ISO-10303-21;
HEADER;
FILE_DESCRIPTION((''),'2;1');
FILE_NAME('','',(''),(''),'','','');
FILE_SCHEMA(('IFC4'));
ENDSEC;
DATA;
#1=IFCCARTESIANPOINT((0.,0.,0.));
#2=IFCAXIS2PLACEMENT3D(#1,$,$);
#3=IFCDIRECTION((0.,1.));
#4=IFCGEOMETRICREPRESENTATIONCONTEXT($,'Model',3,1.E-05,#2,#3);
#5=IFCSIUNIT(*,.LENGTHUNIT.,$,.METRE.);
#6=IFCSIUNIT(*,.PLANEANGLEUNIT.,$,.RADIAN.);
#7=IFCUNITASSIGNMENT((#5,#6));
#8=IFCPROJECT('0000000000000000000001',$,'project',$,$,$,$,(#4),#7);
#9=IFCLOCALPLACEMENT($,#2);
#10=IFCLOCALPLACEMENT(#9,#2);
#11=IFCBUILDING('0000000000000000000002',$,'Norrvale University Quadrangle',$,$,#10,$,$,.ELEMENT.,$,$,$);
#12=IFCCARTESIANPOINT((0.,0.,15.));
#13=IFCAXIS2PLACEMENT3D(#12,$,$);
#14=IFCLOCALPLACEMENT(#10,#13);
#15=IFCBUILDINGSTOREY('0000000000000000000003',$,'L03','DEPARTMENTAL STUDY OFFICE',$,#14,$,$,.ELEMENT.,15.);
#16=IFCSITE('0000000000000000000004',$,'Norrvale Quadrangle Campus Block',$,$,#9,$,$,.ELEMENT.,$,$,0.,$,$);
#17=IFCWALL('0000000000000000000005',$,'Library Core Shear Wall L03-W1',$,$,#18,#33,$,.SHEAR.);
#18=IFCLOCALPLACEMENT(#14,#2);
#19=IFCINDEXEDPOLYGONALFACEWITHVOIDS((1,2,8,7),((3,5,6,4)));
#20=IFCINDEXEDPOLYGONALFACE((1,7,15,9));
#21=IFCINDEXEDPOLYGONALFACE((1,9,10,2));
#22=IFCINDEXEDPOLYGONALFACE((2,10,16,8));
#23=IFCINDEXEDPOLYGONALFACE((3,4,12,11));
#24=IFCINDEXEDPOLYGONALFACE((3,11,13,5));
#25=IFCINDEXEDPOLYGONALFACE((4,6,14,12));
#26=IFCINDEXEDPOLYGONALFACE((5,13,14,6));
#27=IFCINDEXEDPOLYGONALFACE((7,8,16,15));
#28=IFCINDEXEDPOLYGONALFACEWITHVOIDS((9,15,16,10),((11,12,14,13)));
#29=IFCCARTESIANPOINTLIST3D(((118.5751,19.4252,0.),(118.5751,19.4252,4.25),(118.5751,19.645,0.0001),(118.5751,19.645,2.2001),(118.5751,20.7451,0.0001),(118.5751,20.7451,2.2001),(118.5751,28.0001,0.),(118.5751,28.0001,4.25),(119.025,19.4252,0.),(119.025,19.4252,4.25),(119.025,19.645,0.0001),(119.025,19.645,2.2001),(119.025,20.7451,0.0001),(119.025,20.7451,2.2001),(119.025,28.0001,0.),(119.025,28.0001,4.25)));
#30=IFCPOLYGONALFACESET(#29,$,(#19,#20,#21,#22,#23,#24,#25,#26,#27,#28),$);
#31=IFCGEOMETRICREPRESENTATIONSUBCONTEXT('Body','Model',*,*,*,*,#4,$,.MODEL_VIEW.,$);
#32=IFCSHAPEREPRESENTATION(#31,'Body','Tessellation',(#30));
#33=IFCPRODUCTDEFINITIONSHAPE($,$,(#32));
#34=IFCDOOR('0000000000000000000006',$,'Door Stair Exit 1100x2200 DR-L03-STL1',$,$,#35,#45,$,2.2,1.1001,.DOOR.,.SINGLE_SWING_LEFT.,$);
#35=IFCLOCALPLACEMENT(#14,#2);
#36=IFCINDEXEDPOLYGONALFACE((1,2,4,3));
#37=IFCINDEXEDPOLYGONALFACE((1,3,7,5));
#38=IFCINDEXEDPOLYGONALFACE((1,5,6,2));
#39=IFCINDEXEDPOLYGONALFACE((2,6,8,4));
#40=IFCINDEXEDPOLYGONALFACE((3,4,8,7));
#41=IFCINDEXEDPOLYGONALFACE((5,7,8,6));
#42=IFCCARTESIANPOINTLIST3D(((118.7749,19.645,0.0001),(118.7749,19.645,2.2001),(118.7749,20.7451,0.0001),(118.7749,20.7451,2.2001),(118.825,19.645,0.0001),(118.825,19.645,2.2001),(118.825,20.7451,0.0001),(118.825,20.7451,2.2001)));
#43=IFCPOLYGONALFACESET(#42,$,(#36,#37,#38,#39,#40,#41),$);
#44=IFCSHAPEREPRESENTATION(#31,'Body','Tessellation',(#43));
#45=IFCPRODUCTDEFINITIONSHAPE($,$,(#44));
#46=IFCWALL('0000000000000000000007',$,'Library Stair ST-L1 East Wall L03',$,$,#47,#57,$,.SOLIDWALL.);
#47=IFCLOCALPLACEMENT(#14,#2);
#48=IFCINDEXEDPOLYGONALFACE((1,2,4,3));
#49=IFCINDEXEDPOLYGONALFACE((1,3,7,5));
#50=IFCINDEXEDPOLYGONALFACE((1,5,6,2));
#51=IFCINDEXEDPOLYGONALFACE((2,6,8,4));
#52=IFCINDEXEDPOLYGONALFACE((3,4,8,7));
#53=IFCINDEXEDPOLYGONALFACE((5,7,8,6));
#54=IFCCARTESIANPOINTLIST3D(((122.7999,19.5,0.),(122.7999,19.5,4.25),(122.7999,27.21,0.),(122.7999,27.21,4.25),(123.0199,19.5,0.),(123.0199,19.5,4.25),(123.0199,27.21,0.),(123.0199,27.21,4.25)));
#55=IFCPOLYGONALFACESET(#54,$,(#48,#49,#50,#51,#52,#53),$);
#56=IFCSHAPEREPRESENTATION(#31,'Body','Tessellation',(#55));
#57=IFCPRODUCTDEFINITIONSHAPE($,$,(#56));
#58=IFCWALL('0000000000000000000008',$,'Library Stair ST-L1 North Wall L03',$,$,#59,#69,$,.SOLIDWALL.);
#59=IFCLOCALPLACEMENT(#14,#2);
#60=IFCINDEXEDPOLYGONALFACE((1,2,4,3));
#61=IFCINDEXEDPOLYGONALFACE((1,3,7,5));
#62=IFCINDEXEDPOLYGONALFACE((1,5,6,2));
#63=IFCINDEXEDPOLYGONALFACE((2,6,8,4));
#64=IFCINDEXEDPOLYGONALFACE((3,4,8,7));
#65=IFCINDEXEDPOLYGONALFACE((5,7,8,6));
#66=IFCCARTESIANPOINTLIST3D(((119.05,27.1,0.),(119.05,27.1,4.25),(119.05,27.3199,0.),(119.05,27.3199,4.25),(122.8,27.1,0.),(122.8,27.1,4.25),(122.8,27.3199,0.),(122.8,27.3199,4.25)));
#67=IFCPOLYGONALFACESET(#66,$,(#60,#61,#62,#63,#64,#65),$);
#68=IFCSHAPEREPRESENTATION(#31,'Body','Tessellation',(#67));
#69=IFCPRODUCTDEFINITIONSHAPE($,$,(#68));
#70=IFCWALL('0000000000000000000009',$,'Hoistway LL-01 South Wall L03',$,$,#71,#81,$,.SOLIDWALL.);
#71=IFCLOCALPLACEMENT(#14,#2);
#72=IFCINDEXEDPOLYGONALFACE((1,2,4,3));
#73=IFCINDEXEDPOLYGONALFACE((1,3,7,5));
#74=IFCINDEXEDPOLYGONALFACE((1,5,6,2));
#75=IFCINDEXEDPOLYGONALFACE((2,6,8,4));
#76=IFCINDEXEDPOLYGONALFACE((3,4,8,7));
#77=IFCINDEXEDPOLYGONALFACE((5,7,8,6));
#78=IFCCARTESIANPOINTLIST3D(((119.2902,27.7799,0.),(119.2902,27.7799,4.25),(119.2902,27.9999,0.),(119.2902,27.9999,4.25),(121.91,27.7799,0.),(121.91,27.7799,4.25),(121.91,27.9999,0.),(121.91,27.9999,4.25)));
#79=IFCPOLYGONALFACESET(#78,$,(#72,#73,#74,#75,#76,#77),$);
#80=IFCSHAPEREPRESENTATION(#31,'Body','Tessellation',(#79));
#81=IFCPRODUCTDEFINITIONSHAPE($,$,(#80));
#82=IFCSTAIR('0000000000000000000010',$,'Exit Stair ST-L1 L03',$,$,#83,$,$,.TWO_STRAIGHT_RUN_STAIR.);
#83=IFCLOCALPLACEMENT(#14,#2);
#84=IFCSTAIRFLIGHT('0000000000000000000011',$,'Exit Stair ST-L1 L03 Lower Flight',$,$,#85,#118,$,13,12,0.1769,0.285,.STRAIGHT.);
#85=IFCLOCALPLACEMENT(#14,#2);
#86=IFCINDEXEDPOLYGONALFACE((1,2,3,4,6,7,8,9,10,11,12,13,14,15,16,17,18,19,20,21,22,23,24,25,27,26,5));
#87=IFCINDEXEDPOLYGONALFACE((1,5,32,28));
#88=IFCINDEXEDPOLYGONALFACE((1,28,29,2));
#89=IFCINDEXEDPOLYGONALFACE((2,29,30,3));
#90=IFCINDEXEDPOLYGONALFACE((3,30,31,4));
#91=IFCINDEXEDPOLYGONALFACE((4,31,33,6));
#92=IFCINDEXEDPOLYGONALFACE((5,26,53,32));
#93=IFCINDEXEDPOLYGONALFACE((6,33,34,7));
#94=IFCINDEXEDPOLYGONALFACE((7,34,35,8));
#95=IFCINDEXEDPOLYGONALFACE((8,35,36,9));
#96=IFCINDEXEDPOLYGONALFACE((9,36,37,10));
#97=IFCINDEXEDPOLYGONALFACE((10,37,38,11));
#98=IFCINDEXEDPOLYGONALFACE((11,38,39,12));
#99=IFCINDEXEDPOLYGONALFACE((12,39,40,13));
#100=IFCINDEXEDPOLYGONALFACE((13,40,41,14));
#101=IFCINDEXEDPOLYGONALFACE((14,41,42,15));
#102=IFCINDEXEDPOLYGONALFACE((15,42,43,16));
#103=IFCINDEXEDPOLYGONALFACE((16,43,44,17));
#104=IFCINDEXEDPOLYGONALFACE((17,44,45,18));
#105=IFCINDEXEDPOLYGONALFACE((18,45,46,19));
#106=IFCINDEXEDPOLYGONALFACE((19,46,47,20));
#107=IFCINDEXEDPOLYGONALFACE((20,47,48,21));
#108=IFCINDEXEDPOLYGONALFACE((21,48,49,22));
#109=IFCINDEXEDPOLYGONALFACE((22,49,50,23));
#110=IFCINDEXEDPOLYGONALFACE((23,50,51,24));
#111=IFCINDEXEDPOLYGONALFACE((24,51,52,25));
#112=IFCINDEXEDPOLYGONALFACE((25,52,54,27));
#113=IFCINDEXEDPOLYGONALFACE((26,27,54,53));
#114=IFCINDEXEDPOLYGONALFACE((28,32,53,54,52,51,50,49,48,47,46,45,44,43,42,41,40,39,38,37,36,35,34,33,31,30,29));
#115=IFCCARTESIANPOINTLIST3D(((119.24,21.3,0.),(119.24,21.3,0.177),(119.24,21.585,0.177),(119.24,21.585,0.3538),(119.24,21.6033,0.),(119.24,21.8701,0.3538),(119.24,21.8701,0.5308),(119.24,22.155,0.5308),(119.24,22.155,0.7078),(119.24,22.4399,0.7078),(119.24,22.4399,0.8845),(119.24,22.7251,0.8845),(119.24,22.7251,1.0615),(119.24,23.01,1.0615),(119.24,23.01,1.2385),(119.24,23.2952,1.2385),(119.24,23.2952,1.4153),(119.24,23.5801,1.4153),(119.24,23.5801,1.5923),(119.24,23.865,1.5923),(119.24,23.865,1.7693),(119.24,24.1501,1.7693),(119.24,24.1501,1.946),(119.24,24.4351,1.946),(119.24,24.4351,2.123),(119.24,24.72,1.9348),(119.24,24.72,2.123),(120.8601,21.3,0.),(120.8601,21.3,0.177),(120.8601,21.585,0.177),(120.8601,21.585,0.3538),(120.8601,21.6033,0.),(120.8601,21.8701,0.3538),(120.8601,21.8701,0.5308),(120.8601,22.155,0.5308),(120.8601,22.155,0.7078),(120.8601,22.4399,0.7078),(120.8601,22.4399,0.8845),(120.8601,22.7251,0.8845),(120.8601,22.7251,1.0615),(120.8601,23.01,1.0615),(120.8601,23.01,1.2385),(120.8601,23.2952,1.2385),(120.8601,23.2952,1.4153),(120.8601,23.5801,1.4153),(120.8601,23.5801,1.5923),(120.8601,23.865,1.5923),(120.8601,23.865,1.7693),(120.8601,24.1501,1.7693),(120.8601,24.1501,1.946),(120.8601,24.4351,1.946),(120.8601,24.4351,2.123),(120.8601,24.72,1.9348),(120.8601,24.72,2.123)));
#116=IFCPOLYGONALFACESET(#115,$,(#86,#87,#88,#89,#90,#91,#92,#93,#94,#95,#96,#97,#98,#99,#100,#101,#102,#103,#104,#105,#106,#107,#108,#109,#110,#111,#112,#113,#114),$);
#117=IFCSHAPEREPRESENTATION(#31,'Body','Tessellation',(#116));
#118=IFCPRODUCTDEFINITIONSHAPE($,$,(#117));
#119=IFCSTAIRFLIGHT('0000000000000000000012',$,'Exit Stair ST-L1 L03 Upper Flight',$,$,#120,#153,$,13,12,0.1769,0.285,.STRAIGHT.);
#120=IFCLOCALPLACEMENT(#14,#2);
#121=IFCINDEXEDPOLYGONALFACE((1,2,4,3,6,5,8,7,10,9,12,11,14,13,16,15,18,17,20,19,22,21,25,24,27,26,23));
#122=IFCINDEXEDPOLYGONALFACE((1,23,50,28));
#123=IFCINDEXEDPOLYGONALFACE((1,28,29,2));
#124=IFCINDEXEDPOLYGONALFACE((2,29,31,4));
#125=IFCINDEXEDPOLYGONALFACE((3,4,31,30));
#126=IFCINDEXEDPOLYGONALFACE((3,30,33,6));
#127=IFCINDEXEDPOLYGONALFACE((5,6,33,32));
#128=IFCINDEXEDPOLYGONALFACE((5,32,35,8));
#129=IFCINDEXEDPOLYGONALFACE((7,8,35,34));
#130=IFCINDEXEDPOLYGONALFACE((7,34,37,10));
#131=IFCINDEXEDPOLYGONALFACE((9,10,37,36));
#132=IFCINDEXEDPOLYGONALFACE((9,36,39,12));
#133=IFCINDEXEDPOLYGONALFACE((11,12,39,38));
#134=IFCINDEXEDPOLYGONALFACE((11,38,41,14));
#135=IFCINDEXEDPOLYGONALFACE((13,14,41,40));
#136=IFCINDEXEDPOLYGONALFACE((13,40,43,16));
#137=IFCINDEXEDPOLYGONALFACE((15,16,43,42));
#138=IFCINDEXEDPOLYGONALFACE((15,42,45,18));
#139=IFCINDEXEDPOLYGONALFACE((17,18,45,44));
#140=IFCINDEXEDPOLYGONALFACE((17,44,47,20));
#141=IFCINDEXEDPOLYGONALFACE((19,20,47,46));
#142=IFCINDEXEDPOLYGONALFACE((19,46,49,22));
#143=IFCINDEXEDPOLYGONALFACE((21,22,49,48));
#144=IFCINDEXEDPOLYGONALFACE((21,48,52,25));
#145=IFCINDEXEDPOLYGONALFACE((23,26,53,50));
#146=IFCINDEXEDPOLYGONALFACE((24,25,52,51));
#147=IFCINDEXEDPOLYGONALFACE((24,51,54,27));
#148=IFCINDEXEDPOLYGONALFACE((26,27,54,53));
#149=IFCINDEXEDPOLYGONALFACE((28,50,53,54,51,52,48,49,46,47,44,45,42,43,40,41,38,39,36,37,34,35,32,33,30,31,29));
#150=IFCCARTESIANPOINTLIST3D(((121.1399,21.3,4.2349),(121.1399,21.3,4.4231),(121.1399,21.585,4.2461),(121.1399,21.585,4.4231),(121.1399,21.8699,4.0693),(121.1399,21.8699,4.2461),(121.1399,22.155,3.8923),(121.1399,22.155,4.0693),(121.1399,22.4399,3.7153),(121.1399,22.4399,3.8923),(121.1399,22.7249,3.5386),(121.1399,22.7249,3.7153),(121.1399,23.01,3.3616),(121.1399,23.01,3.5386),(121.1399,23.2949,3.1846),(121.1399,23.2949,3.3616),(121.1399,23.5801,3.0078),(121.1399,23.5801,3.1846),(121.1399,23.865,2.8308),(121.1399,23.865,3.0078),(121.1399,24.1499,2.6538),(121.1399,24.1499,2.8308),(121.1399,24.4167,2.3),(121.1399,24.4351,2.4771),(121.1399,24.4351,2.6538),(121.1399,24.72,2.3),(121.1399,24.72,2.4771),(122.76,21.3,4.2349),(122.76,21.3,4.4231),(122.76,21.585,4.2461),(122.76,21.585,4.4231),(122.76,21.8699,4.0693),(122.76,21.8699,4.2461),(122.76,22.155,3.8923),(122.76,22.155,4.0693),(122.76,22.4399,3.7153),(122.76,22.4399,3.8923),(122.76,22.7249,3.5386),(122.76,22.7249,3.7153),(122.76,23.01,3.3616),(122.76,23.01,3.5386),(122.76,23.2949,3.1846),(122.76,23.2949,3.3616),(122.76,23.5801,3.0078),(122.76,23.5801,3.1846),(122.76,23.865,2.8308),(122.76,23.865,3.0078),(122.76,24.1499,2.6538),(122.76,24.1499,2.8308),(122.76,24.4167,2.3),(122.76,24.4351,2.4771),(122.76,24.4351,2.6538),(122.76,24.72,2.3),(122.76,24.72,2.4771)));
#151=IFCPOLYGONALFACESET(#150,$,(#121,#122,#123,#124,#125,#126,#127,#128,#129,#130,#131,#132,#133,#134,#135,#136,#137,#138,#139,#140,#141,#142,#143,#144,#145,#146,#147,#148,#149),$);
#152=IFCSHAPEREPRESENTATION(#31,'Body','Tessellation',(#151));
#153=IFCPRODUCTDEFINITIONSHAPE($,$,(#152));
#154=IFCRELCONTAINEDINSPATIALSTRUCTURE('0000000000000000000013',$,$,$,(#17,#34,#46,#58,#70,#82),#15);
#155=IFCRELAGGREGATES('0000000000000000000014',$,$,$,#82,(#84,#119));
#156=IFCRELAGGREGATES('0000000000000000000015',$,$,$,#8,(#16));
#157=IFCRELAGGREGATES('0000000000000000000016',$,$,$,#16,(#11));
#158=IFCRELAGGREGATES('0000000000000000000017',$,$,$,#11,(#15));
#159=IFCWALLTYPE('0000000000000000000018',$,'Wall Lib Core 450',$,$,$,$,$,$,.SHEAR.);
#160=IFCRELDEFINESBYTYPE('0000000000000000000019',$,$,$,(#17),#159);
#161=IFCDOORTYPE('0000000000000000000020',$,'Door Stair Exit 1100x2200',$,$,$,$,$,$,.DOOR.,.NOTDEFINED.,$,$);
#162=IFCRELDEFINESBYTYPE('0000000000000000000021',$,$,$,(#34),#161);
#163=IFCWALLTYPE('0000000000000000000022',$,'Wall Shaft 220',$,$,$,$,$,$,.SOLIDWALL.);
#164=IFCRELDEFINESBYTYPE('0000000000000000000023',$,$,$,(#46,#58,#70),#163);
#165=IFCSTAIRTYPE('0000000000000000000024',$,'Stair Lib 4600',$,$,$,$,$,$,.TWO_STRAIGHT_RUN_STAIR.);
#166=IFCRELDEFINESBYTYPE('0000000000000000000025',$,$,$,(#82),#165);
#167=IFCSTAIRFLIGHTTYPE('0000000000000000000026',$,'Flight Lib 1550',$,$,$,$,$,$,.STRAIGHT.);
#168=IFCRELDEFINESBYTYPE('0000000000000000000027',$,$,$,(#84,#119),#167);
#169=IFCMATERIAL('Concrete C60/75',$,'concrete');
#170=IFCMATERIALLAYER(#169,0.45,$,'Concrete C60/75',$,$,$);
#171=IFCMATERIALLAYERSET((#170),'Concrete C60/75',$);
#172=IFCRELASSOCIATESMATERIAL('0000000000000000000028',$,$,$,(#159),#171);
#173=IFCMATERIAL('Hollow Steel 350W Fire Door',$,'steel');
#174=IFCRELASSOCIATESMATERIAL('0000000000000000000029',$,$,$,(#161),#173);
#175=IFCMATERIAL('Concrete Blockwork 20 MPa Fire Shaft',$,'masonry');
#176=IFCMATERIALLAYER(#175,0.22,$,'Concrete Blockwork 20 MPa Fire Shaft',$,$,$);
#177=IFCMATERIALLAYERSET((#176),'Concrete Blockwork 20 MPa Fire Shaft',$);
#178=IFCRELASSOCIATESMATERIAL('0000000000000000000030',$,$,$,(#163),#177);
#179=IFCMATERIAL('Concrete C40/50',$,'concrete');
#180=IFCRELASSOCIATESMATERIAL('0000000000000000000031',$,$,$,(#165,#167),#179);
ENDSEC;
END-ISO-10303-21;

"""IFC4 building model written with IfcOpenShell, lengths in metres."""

from ifc_helpers import new_model, si_unit, direction, frame, frame_2d, origin, place, context, subcontext, project, spatial, polyline, rectangle, outline, extrude, material, layer, layer_set, type_object, element, fill, aggregate, save


model = new_model("IFC4")

# Units and contexts
model_context = context("Model", 3, precision=1e-05, world=origin(), true_north=direction((0.0, 1.0)))
body_context = subcontext(model_context, "Body", "Model", "MODEL_VIEW")
ifc_project = project(units=[si_unit("LENGTHUNIT", "METRE"), si_unit("PLANEANGLEUNIT", "RADIAN")], contexts=[model_context])

# Site, building, storey
site_placement = place(None, origin())
site = spatial("IfcSite", under=ifc_project, at=site_placement, Name="Norrvale Quadrangle Campus Block", CompositionType="ELEMENT", RefElevation=0.0)
building_placement = place(site_placement, origin())
building = spatial("IfcBuilding", under=site, at=building_placement, Name="Norrvale University Quadrangle", CompositionType="ELEMENT")
storey_placement = place(building_placement, frame((0.0, 0.0, 15.0)))
storey = spatial("IfcBuildingStorey", under=building, at=storey_placement, Name="L03", Description="DEPARTMENTAL STUDY OFFICE", CompositionType="ELEMENT", Elevation=15.0)

# Shared definitions
ifc_material_1 = material(Name="Concrete C60/75", Category="concrete")

# Shared definitions
ifc_layer_1 = layer(ifc_material_1, 0.45, Name="Concrete C60/75")
ifc_layer_set_1 = layer_set([ifc_layer_1], Name="Concrete C60/75")
wall_type_1 = type_object("IfcWallType", Name="Wall Lib Core 450", PredefinedType="SHEAR", material=ifc_layer_set_1)

# Wall, opening, door
wall_1_placement = place(storey_placement, frame((118.8, 19.425, 0.0), z_axis=(0.0, 0.0, 1.0), x_axis=(0.0, 1.0, 0.0)))
wall_1 = element("IfcWall", 1, at=wall_1_placement, inside=storey, type_object=wall_type_1, Name="Library Core Shear Wall L03-W1", PredefinedType="SHEAR", context=body_context, shape_type="SweptSolid", body=[
    extrude(rectangle(XDim=8.575, YDim=0.45, at=frame_2d((4.2876, 0.0))), origin(), (0.0, 0.0, 1.0), 4.25),
])
opening_placement = place(wall_1_placement, frame((0.22, 0.0, 0.0)))
opening = element("IfcOpeningElement", 2, at=opening_placement, cuts=wall_1, PredefinedType="OPENING", context=body_context, shape_type="SweptSolid", body=[
    extrude(rectangle(XDim=1.1001, YDim=2.2, at=frame_2d((0.55, 1.1001))), frame((0.0, 0.2371, 0.0), z_axis=(0.0, -1.0, 0.0), x_axis=(1.0, 0.0, 0.0)), (0.0, 0.0, 1.0), 0.4739),
])
ifc_material_2 = material(Name="Hollow Steel 350W Fire Door", Category="steel")
door_type = type_object("IfcDoorType", Name="Door Stair Exit 1100x2200", OperationType="NOTDEFINED", PredefinedType="DOOR", material=ifc_material_2)
door_placement = place(opening_placement, frame((1.1001, 0.0, 0.0), z_axis=(0.0, 0.0, 1.0), x_axis=(-1.0, 0.0, 0.0)))
door = element("IfcDoor", 3, at=door_placement, inside=storey, type_object=door_type, Name="Door Stair Exit 1100x2200 DR-L03-STL1", OperationType="SINGLE_SWING_LEFT", OverallHeight=2.2, OverallWidth=1.1001, PredefinedType="DOOR", context=body_context, shape_type="SweptSolid", body=[
    extrude(rectangle(XDim=1.1001, YDim=2.2, at=frame_2d((0.55, 1.1001))), frame((0.0, 0.0249, 0.0), z_axis=(0.0, -1.0, 0.0), x_axis=(1.0, 0.0, 0.0)), (0.0, 0.0, 1.0), 0.05),
])
fill(opening, door)

# Walls
ifc_material_3 = material(Name="Concrete Blockwork 20 MPa Fire Shaft", Category="masonry")
ifc_layer_2 = layer(ifc_material_3, 0.22, Name="Concrete Blockwork 20 MPa Fire Shaft")
ifc_layer_set_2 = layer_set([ifc_layer_2], Name="Concrete Blockwork 20 MPa Fire Shaft")
wall_type_2 = type_object("IfcWallType", Name="Wall Shaft 220", PredefinedType="SOLIDWALL", material=ifc_layer_set_2)
wall_2_placement = place(storey_placement, frame((122.9099, 19.5, 0.0), z_axis=(0.0, 0.0, 1.0), x_axis=(0.0, 1.0, 0.0)))
element("IfcWall", 4, at=wall_2_placement, inside=storey, type_object=wall_type_2, Name="Library Stair ST-L1 East Wall L03", PredefinedType="SOLIDWALL", context=body_context, shape_type="SweptSolid", body=[
    extrude(rectangle(XDim=7.71, YDim=0.22, at=frame_2d((3.855, 0.0))), origin(), (0.0, 0.0, 1.0), 4.25),
])
wall_3_placement = place(storey_placement, frame((119.05, 27.21, 0.0), z_axis=(0.0, 0.0, 1.0), x_axis=(1.0, 0.0, 0.0)))
element("IfcWall", 5, at=wall_3_placement, inside=storey, type_object=wall_type_2, Name="Library Stair ST-L1 North Wall L03", PredefinedType="SOLIDWALL", context=body_context, shape_type="SweptSolid", body=[
    extrude(rectangle(XDim=3.75, YDim=0.22, at=frame_2d((1.875, 0.0))), origin(), (0.0, 0.0, 1.0), 4.25),
])
wall_4_placement = place(storey_placement, frame((119.29, 27.8899, 0.0), z_axis=(0.0, 0.0, 1.0), x_axis=(1.0, 0.0, 0.0)))
element("IfcWall", 6, at=wall_4_placement, inside=storey, type_object=wall_type_2, Name="Hoistway LL-01 South Wall L03", PredefinedType="SOLIDWALL", context=body_context, shape_type="SweptSolid", body=[
    extrude(rectangle(XDim=2.6199, YDim=0.22, at=frame_2d((1.3101, 0.0))), origin(), (0.0, 0.0, 1.0), 4.25),
])

# Stair, stair flights
ifc_material_4 = material(Name="Concrete C40/50", Category="concrete")
stair_type = type_object("IfcStairType", Name="Stair Lib 4600", PredefinedType="TWO_STRAIGHT_RUN_STAIR", material=ifc_material_4)
stair_placement = place(storey_placement, origin())
stair = element("IfcStair", 7, at=stair_placement, inside=storey, type_object=stair_type, Name="Exit Stair ST-L1 L03", PredefinedType="TWO_STRAIGHT_RUN_STAIR")
stair_flight_type = type_object("IfcStairFlightType", Name="Flight Lib 1550", PredefinedType="STRAIGHT", material=ifc_material_4)
stair_flight_1_placement = place(storey_placement, frame((120.05, 21.3, 0.0), z_axis=(0.0, 0.0, 1.0), x_axis=(0.0, 1.0, 0.0)))
stair_flight_1 = element("IfcStairFlight", 8, at=stair_flight_1_placement, type_object=stair_flight_type, Name="Exit Stair ST-L1 L03 Lower Flight", NumberOfRisers=13, NumberOfTreads=12, PredefinedType="STRAIGHT", RiserHeight=0.1769, TreadLength=0.285, context=body_context, shape_type="SweptSolid", body=[
    extrude(outline(polyline([(0.0, 0.0), (0.0, 0.177), (0.2849, 0.177), (0.2849, 0.3538), (0.5701, 0.3538), (0.5701, 0.5308), (0.855, 0.5308), (0.855, 0.7078), (1.1399, 0.7078), (1.1399, 0.8845), (1.425, 0.8845), (1.425, 1.0615), (1.71, 1.0615), (1.71, 1.2385), (1.9951, 1.2385), (1.9951, 1.4153), (2.28, 1.4153), (2.28, 1.5923), (2.5649, 1.5923), (2.5649, 1.7693), (2.8501, 1.7693), (2.8501, 1.946), (3.135, 1.946), (3.135, 2.123), (3.4199, 2.123), (3.4199, 2.3), (3.4199, 1.9348), (0.3032, 0.0), (0.0, 0.0)])), frame((0.0, 0.8101, 0.0), z_axis=(0.0, -1.0, 0.0), x_axis=(1.0, 0.0, 0.0)), (0.0, 0.0, 1.0), 1.6201),
])
stair_flight_2_placement = place(storey_placement, frame((121.95, 24.72, 2.3), z_axis=(0.0, 0.0, 1.0), x_axis=(0.0, -1.0, 0.0)))
stair_flight_2 = element("IfcStairFlight", 9, at=stair_flight_2_placement, type_object=stair_flight_type, Name="Exit Stair ST-L1 L03 Upper Flight", NumberOfRisers=13, NumberOfTreads=12, PredefinedType="STRAIGHT", RiserHeight=0.1769, TreadLength=0.285, context=body_context, shape_type="SweptSolid", body=[
    extrude(outline(polyline([(0.0, 0.0), (0.0, 0.177), (0.2849, 0.177), (0.2849, 0.3538), (0.5701, 0.3538), (0.5701, 0.5308), (0.855, 0.5308), (0.855, 0.7078), (1.1399, 0.7078), (1.1399, 0.8845), (1.425, 0.8845), (1.425, 1.0615), (1.71, 1.0615), (1.71, 1.2385), (1.9951, 1.2385), (1.9951, 1.4153), (2.28, 1.4153), (2.28, 1.5923), (2.5649, 1.5923), (2.5649, 1.7693), (2.8501, 1.7693), (2.8501, 1.946), (3.135, 1.946), (3.135, 2.123), (3.4199, 2.123), (3.4199, 2.3), (3.4199, 1.9348), (0.3032, 0.0), (0.0, 0.0)])), frame((0.0, 0.8101, 0.0), z_axis=(0.0, -1.0, 0.0), x_axis=(1.0, 0.0, 0.0)), (0.0, 0.0, 1.0), 1.6201),
])
aggregate(stair, [stair_flight_1, stair_flight_2])

save(model, "model.ifc")
